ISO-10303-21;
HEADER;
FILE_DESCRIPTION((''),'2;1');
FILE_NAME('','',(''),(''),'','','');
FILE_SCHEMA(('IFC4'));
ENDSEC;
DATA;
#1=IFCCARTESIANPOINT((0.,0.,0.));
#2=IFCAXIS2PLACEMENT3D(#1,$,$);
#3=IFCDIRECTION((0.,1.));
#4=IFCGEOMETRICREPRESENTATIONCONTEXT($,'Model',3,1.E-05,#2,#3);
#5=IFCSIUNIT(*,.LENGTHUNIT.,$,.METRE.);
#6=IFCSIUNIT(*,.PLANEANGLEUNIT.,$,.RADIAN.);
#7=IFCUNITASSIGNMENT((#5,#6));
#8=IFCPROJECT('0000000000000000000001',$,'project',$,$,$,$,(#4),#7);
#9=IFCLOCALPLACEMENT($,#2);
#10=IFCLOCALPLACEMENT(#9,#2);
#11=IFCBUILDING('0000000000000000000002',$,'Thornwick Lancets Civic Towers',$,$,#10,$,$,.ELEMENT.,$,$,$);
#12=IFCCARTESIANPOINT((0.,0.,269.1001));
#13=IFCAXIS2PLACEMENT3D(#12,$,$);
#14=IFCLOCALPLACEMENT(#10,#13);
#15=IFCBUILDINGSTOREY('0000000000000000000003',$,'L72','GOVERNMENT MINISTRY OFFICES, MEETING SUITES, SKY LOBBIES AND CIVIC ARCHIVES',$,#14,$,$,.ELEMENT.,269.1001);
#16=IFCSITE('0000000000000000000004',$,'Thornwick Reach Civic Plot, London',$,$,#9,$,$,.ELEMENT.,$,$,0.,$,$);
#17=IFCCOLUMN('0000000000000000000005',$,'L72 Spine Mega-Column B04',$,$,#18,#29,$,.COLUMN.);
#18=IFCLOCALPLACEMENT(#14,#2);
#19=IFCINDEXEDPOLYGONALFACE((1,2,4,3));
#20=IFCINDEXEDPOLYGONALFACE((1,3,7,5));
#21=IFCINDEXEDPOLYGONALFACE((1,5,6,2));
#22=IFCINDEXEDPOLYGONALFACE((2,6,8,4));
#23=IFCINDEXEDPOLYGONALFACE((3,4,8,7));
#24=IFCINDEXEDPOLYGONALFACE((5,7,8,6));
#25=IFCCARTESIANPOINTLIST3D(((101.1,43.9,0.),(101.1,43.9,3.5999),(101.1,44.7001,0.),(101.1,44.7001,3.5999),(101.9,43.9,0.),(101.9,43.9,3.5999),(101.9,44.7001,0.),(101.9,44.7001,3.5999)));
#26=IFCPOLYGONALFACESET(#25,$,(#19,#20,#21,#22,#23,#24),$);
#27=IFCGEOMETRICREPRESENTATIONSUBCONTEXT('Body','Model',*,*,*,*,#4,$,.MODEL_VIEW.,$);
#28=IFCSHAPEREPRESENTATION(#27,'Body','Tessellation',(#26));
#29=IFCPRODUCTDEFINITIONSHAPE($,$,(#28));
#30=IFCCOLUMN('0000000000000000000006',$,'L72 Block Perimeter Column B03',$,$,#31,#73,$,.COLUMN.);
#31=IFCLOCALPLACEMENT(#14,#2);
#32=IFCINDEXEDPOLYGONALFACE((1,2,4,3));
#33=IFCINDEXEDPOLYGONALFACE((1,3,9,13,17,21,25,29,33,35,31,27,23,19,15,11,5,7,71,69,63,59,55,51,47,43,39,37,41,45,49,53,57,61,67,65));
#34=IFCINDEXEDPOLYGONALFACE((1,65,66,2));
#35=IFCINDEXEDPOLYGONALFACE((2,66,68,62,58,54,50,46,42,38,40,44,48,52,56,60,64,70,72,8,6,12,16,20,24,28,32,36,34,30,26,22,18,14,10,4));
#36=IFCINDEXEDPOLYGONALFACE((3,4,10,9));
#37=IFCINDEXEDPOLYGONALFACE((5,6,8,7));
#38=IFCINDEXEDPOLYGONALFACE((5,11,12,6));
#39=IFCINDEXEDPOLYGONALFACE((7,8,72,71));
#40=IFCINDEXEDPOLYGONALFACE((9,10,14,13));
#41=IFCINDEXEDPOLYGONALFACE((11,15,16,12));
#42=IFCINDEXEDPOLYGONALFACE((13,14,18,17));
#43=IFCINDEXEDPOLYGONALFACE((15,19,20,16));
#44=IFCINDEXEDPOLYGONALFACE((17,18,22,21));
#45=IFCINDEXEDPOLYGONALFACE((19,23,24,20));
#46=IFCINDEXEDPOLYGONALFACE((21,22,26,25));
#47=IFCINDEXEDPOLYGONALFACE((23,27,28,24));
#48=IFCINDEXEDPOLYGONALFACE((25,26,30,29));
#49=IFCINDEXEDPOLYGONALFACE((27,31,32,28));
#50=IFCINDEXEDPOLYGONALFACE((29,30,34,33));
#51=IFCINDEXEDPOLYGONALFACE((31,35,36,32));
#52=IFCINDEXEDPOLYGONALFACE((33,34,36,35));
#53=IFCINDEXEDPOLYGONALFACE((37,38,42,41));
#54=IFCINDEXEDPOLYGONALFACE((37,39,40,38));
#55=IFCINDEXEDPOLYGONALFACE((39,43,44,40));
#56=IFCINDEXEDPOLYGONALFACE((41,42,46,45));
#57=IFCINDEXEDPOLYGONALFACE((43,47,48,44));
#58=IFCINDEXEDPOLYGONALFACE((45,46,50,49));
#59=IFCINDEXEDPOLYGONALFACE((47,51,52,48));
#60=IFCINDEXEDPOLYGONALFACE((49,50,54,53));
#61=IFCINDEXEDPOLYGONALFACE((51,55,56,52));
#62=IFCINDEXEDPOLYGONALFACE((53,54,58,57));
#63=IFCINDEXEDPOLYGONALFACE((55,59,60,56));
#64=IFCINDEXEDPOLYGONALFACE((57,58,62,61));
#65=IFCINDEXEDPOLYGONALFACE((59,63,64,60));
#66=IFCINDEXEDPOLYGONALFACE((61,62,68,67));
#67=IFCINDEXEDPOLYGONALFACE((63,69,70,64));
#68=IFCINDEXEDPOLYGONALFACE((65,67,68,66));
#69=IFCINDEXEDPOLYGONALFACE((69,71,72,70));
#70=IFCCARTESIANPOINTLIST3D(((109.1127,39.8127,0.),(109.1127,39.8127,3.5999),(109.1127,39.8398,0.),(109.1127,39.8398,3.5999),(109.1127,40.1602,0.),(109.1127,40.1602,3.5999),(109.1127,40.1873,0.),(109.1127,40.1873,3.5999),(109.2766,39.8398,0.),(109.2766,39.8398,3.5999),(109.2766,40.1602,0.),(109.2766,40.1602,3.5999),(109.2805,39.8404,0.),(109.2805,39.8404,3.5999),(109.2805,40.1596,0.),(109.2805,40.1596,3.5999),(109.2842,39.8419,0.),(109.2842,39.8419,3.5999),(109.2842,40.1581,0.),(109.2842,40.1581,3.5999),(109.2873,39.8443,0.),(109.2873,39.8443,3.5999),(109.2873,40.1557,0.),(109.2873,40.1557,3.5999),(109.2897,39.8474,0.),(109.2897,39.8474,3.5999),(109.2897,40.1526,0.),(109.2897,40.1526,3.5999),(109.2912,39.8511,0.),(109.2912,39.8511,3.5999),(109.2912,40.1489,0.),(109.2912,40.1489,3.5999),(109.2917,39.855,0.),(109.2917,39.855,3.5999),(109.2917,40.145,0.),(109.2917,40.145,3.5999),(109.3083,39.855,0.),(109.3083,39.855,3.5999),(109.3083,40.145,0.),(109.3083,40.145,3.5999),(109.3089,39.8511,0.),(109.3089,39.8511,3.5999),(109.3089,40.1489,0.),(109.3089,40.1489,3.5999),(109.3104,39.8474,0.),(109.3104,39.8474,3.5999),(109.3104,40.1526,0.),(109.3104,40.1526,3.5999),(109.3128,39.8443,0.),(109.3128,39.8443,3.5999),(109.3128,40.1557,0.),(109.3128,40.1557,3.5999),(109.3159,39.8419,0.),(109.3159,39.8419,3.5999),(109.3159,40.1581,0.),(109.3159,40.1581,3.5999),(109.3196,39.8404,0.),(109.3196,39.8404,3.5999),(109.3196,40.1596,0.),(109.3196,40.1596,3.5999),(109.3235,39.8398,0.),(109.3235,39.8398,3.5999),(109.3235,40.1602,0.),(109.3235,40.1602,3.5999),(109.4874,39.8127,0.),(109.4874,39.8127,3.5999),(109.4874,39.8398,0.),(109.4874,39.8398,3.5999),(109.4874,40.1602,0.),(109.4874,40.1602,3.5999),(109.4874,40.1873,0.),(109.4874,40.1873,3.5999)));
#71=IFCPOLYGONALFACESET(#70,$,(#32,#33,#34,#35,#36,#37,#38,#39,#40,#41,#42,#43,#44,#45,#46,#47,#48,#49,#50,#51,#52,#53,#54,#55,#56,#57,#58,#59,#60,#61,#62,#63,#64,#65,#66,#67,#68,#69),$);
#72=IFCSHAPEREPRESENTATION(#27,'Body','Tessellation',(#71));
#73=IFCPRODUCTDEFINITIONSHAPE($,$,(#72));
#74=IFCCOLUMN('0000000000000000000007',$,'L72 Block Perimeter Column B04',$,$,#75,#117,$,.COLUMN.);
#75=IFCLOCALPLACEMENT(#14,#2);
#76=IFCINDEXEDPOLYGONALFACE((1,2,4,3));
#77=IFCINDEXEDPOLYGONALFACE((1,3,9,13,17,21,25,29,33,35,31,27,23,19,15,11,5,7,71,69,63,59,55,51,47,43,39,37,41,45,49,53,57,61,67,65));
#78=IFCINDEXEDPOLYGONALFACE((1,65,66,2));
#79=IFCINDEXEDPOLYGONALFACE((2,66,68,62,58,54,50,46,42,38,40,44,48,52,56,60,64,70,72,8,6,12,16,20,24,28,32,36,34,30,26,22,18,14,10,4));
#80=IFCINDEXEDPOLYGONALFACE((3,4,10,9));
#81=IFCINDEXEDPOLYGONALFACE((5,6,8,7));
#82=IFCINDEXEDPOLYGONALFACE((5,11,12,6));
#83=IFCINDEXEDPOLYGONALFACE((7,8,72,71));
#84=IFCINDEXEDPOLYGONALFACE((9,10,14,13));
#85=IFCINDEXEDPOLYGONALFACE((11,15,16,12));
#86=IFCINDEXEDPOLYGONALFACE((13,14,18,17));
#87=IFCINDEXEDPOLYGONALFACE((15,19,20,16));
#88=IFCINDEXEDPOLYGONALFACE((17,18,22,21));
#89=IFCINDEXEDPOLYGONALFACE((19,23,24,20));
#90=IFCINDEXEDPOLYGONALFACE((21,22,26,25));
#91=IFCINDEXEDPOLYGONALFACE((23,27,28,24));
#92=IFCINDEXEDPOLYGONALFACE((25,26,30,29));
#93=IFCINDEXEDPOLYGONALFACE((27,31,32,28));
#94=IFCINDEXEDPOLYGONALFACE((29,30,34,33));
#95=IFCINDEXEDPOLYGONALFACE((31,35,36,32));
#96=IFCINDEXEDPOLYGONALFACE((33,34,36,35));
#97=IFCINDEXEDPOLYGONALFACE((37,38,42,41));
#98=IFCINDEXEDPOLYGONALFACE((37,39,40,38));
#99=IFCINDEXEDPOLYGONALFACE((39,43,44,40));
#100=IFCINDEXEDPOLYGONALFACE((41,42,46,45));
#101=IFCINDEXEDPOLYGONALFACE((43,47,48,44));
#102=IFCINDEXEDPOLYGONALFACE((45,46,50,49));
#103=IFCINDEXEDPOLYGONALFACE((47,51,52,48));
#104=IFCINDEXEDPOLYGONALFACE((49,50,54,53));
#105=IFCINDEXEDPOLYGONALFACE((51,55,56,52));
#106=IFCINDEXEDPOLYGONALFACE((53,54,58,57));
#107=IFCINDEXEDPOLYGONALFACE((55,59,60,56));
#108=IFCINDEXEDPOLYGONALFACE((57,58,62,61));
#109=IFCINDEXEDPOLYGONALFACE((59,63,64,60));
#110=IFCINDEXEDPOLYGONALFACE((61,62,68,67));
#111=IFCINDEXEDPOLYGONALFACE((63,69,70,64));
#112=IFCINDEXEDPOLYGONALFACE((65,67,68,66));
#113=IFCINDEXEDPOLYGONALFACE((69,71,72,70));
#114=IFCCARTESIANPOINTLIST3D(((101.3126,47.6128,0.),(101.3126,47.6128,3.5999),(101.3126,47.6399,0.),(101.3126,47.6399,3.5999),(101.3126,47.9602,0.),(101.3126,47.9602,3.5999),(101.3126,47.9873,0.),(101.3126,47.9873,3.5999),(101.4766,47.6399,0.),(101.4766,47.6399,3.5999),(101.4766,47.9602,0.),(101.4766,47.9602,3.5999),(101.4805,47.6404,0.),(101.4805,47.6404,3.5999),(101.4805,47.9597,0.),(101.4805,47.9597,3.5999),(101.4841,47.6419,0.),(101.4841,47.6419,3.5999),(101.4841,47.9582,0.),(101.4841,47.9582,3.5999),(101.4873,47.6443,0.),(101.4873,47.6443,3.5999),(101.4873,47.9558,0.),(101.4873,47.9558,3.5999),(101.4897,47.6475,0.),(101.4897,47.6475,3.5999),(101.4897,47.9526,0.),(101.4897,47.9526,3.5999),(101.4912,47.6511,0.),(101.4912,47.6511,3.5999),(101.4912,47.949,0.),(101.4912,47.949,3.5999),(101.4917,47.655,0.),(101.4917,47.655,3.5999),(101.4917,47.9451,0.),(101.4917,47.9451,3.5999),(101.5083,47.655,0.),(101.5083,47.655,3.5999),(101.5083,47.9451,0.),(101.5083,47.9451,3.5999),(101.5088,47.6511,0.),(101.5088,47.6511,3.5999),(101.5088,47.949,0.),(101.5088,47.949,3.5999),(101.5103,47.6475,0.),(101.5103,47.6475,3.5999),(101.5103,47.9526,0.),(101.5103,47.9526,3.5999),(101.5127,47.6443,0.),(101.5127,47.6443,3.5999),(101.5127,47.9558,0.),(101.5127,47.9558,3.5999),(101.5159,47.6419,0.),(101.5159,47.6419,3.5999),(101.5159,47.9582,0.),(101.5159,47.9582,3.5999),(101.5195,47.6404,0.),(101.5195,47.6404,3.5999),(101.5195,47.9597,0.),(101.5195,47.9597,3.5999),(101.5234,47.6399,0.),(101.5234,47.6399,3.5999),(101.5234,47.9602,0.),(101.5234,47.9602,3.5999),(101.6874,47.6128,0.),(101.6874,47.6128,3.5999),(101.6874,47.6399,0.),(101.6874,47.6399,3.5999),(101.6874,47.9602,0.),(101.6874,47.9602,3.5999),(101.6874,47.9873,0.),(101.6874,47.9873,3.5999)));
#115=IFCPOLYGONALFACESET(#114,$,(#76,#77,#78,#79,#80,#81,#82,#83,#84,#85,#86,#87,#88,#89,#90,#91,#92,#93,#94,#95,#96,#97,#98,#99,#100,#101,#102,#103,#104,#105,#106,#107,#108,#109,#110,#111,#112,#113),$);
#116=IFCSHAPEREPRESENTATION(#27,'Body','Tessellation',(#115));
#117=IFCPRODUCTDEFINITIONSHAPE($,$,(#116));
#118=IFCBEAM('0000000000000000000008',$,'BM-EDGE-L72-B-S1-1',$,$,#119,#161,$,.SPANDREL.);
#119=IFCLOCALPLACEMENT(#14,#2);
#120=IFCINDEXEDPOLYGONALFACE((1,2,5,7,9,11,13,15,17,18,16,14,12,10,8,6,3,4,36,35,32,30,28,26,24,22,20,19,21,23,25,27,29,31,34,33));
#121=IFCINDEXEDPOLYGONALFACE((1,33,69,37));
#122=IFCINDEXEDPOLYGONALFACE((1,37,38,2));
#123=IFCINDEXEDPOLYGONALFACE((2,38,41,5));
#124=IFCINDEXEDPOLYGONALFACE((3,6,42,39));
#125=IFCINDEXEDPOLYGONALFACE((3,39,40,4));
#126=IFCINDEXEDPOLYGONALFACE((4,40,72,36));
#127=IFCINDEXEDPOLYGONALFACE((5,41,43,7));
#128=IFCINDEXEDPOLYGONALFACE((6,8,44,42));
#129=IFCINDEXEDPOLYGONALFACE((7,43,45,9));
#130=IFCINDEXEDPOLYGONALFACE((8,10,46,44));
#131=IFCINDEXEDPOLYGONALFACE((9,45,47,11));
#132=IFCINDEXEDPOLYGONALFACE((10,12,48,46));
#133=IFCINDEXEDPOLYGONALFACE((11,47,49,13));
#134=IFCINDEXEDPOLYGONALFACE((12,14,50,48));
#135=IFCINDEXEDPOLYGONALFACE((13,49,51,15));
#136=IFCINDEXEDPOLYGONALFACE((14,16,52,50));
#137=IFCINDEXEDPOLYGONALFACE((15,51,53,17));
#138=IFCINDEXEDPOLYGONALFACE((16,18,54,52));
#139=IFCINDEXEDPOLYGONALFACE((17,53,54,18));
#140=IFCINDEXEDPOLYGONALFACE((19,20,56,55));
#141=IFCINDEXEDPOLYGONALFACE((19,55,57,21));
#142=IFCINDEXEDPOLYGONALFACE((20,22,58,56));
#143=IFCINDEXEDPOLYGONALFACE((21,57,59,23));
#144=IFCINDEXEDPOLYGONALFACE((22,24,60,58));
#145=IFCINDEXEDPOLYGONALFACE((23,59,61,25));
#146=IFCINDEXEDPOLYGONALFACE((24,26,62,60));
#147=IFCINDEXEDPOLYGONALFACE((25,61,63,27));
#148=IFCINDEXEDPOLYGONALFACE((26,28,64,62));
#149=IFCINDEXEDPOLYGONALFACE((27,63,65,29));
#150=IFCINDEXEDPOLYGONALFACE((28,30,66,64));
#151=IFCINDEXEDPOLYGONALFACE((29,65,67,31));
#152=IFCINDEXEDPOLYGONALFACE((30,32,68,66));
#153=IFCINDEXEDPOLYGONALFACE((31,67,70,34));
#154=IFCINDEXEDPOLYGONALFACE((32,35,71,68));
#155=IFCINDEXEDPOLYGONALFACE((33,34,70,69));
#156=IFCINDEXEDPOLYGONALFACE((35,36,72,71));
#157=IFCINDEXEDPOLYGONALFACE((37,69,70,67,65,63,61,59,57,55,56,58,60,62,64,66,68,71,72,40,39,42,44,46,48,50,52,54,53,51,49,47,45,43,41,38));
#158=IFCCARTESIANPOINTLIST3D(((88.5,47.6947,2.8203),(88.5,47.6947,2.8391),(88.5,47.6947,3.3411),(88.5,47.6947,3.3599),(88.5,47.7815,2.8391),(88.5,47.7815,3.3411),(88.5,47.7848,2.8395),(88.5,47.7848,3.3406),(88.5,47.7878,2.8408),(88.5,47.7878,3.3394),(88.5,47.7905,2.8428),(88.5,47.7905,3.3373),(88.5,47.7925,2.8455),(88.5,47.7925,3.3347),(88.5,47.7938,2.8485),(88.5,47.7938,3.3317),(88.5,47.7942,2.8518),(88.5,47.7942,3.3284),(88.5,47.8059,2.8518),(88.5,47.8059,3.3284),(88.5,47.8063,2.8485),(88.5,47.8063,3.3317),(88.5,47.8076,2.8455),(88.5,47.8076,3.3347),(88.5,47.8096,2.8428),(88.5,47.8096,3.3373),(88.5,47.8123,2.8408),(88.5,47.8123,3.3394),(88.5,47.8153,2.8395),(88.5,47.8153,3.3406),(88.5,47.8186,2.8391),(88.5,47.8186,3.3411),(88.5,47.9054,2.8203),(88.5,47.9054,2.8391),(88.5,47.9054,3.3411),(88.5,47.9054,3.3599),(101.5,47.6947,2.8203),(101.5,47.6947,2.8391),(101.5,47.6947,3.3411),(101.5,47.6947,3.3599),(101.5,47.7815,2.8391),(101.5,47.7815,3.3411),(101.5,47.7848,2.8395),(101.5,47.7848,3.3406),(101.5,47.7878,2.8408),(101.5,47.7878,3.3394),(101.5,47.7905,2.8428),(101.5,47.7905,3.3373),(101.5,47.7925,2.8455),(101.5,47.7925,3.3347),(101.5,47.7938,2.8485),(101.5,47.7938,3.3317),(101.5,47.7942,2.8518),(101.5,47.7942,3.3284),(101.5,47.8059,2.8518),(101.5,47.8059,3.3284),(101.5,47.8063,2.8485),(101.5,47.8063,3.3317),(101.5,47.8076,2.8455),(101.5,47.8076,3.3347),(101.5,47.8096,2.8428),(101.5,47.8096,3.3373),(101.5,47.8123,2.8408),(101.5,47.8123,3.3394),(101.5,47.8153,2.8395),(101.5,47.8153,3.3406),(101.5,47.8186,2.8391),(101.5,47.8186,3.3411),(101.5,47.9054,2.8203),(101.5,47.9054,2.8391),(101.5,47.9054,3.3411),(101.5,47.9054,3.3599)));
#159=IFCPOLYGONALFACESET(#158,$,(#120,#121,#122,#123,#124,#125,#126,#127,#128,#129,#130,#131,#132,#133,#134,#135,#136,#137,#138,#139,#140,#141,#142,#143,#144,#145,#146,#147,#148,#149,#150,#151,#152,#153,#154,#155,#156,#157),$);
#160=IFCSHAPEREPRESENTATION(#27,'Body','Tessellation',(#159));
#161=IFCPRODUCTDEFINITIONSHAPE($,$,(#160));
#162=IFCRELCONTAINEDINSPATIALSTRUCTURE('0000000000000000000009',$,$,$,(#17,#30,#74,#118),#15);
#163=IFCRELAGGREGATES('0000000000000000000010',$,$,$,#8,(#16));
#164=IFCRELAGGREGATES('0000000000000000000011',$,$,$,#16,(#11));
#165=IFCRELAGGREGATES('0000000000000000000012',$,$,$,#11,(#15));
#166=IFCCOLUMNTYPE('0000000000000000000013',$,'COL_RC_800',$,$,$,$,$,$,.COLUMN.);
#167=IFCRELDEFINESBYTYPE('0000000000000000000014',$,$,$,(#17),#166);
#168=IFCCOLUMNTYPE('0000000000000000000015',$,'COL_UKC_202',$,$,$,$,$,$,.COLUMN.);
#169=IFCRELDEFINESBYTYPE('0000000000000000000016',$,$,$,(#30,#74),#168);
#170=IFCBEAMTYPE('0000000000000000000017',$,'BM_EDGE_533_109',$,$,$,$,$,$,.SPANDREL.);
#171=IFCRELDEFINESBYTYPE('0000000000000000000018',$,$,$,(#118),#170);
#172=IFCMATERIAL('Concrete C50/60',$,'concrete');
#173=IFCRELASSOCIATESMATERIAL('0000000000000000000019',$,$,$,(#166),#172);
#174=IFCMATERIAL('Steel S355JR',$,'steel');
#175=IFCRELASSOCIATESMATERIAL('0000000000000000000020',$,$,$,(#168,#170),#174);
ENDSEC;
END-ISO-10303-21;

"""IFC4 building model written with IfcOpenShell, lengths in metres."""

from ifc_helpers import new_model, si_unit, direction, frame, origin, origin_2d, place, context, subcontext, project, spatial, rectangle, i_section, extrude, material, material_profile, profile_set, type_object, element, save


model = new_model("IFC4")

# Units and contexts
model_context = context("Model", 3, precision=1e-05, world=origin(), true_north=direction((0.0, 1.0)))
body_context = subcontext(model_context, "Body", "Model", "MODEL_VIEW")
ifc_project = project(units=[si_unit("LENGTHUNIT", "METRE"), si_unit("PLANEANGLEUNIT", "RADIAN")], contexts=[model_context])

# Site, building, storey
site_placement = place(None, origin())
site = spatial("IfcSite", under=ifc_project, at=site_placement, Name="Thornwick Reach Civic Plot, London", CompositionType="ELEMENT", RefElevation=0.0)
building_placement = place(site_placement, origin())
building = spatial("IfcBuilding", under=site, at=building_placement, Name="Thornwick Lancets Civic Towers", CompositionType="ELEMENT")
storey_placement = place(building_placement, frame((0.0, 0.0, 269.1001)))
storey = spatial("IfcBuildingStorey", under=building, at=storey_placement, Name="L72", Description="GOVERNMENT MINISTRY OFFICES, MEETING SUITES, SKY LOBBIES AND CIVIC ARCHIVES", CompositionType="ELEMENT", Elevation=269.1001)

# Columns
ifc_material_1 = material(Name="Concrete C50/60", Category="concrete")
ifc_material_profile_1 = material_profile(ifc_material_1, rectangle(XDim=0.8, YDim=0.8, at=origin_2d()), Name="RC 800x800")
ifc_profile_set_1 = profile_set([ifc_material_profile_1], Name="Concrete C50/60")
column_type_1 = type_object("IfcColumnType", Name="COL_RC_800", PredefinedType="COLUMN", material=ifc_profile_set_1)
column_placement = place(storey_placement, frame((101.5, 44.3, 0.0), z_axis=(0.0, 0.0, 1.0), x_axis=(1.0, 0.0, 0.0)))
element("IfcColumn", 1, at=column_placement, inside=storey, type_object=column_type_1, Name="L72 Spine Mega-Column B04", PredefinedType="COLUMN", context=body_context, shape_type="SweptSolid", body=[
    extrude(rectangle(XDim=0.8, YDim=0.8, at=origin_2d()), origin(), (0.0, 0.0, 1.0), 3.5999),
])
ifc_material_2 = material(Name="Steel S355JR", Category="steel")
ifc_material_profile_2 = material_profile(ifc_material_2, i_section(OverallWidth=0.3748, OverallDepth=0.3745, WebThickness=0.0166, FlangeThickness=0.0271, FilletRadius=0.0151, at=origin_2d()), Name="UKC 356x368x202")
ifc_profile_set_2 = profile_set([ifc_material_profile_2], Name="Steel S355JR")
column_type_2 = type_object("IfcColumnType", Name="COL_UKC_202", PredefinedType="COLUMN", material=ifc_profile_set_2)
for number, where, z_axis, x_axis, name in (
    (2, (109.3, 40.0, 0.0), (0.0, 0.0, 1.0), (1.0, 0.0, 0.0), "L72 Block Perimeter Column B03"),
    (3, (101.5, 47.8, 0.0), (0.0, 0.0, 1.0), (1.0, 0.0, 0.0), "L72 Block Perimeter Column B04"),
):
    element("IfcColumn", number, at=place(storey_placement, frame(where, z_axis=z_axis, x_axis=x_axis)), inside=storey, type_object=column_type_2, Name=name, PredefinedType="COLUMN", context=body_context, shape_type="SweptSolid", body=[
        extrude(i_section(OverallWidth=0.3748, OverallDepth=0.3745, WebThickness=0.0166, FlangeThickness=0.0271, FilletRadius=0.0151, at=origin_2d()), origin(), (0.0, 0.0, 1.0), 3.5999),
    ])

# Beam
ifc_material_profile_3 = material_profile(ifc_material_2, i_section(OverallWidth=0.2107, OverallDepth=0.5396, WebThickness=0.0117, FlangeThickness=0.0188, FilletRadius=0.0127, at=origin_2d()), Name="UKB 533x210x109")
ifc_profile_set_3 = profile_set([ifc_material_profile_3], Name="Steel S355JR")
beam_type_1 = type_object("IfcBeamType", Name="BM_EDGE_533_109", PredefinedType="SPANDREL", material=ifc_profile_set_3)
beam_1_placement = place(storey_placement, frame((101.5, 47.8, 3.0901), z_axis=(-1.0, 0.0, 0.0), x_axis=(0.0, -1.0, 0.0)))
element("IfcBeam", 4, at=beam_1_placement, inside=storey, type_object=beam_type_1, Name="BM-EDGE-L72-B-S1-1", PredefinedType="SPANDREL", context=body_context, shape_type="SweptSolid", body=[
    extrude(i_section(OverallWidth=0.2107, OverallDepth=0.5396, WebThickness=0.0117, FlangeThickness=0.0188, FilletRadius=0.0127, at=origin_2d()), origin(), (0.0, 0.0, 1.0), 13.0),
])

save(model, "model.ifc")
